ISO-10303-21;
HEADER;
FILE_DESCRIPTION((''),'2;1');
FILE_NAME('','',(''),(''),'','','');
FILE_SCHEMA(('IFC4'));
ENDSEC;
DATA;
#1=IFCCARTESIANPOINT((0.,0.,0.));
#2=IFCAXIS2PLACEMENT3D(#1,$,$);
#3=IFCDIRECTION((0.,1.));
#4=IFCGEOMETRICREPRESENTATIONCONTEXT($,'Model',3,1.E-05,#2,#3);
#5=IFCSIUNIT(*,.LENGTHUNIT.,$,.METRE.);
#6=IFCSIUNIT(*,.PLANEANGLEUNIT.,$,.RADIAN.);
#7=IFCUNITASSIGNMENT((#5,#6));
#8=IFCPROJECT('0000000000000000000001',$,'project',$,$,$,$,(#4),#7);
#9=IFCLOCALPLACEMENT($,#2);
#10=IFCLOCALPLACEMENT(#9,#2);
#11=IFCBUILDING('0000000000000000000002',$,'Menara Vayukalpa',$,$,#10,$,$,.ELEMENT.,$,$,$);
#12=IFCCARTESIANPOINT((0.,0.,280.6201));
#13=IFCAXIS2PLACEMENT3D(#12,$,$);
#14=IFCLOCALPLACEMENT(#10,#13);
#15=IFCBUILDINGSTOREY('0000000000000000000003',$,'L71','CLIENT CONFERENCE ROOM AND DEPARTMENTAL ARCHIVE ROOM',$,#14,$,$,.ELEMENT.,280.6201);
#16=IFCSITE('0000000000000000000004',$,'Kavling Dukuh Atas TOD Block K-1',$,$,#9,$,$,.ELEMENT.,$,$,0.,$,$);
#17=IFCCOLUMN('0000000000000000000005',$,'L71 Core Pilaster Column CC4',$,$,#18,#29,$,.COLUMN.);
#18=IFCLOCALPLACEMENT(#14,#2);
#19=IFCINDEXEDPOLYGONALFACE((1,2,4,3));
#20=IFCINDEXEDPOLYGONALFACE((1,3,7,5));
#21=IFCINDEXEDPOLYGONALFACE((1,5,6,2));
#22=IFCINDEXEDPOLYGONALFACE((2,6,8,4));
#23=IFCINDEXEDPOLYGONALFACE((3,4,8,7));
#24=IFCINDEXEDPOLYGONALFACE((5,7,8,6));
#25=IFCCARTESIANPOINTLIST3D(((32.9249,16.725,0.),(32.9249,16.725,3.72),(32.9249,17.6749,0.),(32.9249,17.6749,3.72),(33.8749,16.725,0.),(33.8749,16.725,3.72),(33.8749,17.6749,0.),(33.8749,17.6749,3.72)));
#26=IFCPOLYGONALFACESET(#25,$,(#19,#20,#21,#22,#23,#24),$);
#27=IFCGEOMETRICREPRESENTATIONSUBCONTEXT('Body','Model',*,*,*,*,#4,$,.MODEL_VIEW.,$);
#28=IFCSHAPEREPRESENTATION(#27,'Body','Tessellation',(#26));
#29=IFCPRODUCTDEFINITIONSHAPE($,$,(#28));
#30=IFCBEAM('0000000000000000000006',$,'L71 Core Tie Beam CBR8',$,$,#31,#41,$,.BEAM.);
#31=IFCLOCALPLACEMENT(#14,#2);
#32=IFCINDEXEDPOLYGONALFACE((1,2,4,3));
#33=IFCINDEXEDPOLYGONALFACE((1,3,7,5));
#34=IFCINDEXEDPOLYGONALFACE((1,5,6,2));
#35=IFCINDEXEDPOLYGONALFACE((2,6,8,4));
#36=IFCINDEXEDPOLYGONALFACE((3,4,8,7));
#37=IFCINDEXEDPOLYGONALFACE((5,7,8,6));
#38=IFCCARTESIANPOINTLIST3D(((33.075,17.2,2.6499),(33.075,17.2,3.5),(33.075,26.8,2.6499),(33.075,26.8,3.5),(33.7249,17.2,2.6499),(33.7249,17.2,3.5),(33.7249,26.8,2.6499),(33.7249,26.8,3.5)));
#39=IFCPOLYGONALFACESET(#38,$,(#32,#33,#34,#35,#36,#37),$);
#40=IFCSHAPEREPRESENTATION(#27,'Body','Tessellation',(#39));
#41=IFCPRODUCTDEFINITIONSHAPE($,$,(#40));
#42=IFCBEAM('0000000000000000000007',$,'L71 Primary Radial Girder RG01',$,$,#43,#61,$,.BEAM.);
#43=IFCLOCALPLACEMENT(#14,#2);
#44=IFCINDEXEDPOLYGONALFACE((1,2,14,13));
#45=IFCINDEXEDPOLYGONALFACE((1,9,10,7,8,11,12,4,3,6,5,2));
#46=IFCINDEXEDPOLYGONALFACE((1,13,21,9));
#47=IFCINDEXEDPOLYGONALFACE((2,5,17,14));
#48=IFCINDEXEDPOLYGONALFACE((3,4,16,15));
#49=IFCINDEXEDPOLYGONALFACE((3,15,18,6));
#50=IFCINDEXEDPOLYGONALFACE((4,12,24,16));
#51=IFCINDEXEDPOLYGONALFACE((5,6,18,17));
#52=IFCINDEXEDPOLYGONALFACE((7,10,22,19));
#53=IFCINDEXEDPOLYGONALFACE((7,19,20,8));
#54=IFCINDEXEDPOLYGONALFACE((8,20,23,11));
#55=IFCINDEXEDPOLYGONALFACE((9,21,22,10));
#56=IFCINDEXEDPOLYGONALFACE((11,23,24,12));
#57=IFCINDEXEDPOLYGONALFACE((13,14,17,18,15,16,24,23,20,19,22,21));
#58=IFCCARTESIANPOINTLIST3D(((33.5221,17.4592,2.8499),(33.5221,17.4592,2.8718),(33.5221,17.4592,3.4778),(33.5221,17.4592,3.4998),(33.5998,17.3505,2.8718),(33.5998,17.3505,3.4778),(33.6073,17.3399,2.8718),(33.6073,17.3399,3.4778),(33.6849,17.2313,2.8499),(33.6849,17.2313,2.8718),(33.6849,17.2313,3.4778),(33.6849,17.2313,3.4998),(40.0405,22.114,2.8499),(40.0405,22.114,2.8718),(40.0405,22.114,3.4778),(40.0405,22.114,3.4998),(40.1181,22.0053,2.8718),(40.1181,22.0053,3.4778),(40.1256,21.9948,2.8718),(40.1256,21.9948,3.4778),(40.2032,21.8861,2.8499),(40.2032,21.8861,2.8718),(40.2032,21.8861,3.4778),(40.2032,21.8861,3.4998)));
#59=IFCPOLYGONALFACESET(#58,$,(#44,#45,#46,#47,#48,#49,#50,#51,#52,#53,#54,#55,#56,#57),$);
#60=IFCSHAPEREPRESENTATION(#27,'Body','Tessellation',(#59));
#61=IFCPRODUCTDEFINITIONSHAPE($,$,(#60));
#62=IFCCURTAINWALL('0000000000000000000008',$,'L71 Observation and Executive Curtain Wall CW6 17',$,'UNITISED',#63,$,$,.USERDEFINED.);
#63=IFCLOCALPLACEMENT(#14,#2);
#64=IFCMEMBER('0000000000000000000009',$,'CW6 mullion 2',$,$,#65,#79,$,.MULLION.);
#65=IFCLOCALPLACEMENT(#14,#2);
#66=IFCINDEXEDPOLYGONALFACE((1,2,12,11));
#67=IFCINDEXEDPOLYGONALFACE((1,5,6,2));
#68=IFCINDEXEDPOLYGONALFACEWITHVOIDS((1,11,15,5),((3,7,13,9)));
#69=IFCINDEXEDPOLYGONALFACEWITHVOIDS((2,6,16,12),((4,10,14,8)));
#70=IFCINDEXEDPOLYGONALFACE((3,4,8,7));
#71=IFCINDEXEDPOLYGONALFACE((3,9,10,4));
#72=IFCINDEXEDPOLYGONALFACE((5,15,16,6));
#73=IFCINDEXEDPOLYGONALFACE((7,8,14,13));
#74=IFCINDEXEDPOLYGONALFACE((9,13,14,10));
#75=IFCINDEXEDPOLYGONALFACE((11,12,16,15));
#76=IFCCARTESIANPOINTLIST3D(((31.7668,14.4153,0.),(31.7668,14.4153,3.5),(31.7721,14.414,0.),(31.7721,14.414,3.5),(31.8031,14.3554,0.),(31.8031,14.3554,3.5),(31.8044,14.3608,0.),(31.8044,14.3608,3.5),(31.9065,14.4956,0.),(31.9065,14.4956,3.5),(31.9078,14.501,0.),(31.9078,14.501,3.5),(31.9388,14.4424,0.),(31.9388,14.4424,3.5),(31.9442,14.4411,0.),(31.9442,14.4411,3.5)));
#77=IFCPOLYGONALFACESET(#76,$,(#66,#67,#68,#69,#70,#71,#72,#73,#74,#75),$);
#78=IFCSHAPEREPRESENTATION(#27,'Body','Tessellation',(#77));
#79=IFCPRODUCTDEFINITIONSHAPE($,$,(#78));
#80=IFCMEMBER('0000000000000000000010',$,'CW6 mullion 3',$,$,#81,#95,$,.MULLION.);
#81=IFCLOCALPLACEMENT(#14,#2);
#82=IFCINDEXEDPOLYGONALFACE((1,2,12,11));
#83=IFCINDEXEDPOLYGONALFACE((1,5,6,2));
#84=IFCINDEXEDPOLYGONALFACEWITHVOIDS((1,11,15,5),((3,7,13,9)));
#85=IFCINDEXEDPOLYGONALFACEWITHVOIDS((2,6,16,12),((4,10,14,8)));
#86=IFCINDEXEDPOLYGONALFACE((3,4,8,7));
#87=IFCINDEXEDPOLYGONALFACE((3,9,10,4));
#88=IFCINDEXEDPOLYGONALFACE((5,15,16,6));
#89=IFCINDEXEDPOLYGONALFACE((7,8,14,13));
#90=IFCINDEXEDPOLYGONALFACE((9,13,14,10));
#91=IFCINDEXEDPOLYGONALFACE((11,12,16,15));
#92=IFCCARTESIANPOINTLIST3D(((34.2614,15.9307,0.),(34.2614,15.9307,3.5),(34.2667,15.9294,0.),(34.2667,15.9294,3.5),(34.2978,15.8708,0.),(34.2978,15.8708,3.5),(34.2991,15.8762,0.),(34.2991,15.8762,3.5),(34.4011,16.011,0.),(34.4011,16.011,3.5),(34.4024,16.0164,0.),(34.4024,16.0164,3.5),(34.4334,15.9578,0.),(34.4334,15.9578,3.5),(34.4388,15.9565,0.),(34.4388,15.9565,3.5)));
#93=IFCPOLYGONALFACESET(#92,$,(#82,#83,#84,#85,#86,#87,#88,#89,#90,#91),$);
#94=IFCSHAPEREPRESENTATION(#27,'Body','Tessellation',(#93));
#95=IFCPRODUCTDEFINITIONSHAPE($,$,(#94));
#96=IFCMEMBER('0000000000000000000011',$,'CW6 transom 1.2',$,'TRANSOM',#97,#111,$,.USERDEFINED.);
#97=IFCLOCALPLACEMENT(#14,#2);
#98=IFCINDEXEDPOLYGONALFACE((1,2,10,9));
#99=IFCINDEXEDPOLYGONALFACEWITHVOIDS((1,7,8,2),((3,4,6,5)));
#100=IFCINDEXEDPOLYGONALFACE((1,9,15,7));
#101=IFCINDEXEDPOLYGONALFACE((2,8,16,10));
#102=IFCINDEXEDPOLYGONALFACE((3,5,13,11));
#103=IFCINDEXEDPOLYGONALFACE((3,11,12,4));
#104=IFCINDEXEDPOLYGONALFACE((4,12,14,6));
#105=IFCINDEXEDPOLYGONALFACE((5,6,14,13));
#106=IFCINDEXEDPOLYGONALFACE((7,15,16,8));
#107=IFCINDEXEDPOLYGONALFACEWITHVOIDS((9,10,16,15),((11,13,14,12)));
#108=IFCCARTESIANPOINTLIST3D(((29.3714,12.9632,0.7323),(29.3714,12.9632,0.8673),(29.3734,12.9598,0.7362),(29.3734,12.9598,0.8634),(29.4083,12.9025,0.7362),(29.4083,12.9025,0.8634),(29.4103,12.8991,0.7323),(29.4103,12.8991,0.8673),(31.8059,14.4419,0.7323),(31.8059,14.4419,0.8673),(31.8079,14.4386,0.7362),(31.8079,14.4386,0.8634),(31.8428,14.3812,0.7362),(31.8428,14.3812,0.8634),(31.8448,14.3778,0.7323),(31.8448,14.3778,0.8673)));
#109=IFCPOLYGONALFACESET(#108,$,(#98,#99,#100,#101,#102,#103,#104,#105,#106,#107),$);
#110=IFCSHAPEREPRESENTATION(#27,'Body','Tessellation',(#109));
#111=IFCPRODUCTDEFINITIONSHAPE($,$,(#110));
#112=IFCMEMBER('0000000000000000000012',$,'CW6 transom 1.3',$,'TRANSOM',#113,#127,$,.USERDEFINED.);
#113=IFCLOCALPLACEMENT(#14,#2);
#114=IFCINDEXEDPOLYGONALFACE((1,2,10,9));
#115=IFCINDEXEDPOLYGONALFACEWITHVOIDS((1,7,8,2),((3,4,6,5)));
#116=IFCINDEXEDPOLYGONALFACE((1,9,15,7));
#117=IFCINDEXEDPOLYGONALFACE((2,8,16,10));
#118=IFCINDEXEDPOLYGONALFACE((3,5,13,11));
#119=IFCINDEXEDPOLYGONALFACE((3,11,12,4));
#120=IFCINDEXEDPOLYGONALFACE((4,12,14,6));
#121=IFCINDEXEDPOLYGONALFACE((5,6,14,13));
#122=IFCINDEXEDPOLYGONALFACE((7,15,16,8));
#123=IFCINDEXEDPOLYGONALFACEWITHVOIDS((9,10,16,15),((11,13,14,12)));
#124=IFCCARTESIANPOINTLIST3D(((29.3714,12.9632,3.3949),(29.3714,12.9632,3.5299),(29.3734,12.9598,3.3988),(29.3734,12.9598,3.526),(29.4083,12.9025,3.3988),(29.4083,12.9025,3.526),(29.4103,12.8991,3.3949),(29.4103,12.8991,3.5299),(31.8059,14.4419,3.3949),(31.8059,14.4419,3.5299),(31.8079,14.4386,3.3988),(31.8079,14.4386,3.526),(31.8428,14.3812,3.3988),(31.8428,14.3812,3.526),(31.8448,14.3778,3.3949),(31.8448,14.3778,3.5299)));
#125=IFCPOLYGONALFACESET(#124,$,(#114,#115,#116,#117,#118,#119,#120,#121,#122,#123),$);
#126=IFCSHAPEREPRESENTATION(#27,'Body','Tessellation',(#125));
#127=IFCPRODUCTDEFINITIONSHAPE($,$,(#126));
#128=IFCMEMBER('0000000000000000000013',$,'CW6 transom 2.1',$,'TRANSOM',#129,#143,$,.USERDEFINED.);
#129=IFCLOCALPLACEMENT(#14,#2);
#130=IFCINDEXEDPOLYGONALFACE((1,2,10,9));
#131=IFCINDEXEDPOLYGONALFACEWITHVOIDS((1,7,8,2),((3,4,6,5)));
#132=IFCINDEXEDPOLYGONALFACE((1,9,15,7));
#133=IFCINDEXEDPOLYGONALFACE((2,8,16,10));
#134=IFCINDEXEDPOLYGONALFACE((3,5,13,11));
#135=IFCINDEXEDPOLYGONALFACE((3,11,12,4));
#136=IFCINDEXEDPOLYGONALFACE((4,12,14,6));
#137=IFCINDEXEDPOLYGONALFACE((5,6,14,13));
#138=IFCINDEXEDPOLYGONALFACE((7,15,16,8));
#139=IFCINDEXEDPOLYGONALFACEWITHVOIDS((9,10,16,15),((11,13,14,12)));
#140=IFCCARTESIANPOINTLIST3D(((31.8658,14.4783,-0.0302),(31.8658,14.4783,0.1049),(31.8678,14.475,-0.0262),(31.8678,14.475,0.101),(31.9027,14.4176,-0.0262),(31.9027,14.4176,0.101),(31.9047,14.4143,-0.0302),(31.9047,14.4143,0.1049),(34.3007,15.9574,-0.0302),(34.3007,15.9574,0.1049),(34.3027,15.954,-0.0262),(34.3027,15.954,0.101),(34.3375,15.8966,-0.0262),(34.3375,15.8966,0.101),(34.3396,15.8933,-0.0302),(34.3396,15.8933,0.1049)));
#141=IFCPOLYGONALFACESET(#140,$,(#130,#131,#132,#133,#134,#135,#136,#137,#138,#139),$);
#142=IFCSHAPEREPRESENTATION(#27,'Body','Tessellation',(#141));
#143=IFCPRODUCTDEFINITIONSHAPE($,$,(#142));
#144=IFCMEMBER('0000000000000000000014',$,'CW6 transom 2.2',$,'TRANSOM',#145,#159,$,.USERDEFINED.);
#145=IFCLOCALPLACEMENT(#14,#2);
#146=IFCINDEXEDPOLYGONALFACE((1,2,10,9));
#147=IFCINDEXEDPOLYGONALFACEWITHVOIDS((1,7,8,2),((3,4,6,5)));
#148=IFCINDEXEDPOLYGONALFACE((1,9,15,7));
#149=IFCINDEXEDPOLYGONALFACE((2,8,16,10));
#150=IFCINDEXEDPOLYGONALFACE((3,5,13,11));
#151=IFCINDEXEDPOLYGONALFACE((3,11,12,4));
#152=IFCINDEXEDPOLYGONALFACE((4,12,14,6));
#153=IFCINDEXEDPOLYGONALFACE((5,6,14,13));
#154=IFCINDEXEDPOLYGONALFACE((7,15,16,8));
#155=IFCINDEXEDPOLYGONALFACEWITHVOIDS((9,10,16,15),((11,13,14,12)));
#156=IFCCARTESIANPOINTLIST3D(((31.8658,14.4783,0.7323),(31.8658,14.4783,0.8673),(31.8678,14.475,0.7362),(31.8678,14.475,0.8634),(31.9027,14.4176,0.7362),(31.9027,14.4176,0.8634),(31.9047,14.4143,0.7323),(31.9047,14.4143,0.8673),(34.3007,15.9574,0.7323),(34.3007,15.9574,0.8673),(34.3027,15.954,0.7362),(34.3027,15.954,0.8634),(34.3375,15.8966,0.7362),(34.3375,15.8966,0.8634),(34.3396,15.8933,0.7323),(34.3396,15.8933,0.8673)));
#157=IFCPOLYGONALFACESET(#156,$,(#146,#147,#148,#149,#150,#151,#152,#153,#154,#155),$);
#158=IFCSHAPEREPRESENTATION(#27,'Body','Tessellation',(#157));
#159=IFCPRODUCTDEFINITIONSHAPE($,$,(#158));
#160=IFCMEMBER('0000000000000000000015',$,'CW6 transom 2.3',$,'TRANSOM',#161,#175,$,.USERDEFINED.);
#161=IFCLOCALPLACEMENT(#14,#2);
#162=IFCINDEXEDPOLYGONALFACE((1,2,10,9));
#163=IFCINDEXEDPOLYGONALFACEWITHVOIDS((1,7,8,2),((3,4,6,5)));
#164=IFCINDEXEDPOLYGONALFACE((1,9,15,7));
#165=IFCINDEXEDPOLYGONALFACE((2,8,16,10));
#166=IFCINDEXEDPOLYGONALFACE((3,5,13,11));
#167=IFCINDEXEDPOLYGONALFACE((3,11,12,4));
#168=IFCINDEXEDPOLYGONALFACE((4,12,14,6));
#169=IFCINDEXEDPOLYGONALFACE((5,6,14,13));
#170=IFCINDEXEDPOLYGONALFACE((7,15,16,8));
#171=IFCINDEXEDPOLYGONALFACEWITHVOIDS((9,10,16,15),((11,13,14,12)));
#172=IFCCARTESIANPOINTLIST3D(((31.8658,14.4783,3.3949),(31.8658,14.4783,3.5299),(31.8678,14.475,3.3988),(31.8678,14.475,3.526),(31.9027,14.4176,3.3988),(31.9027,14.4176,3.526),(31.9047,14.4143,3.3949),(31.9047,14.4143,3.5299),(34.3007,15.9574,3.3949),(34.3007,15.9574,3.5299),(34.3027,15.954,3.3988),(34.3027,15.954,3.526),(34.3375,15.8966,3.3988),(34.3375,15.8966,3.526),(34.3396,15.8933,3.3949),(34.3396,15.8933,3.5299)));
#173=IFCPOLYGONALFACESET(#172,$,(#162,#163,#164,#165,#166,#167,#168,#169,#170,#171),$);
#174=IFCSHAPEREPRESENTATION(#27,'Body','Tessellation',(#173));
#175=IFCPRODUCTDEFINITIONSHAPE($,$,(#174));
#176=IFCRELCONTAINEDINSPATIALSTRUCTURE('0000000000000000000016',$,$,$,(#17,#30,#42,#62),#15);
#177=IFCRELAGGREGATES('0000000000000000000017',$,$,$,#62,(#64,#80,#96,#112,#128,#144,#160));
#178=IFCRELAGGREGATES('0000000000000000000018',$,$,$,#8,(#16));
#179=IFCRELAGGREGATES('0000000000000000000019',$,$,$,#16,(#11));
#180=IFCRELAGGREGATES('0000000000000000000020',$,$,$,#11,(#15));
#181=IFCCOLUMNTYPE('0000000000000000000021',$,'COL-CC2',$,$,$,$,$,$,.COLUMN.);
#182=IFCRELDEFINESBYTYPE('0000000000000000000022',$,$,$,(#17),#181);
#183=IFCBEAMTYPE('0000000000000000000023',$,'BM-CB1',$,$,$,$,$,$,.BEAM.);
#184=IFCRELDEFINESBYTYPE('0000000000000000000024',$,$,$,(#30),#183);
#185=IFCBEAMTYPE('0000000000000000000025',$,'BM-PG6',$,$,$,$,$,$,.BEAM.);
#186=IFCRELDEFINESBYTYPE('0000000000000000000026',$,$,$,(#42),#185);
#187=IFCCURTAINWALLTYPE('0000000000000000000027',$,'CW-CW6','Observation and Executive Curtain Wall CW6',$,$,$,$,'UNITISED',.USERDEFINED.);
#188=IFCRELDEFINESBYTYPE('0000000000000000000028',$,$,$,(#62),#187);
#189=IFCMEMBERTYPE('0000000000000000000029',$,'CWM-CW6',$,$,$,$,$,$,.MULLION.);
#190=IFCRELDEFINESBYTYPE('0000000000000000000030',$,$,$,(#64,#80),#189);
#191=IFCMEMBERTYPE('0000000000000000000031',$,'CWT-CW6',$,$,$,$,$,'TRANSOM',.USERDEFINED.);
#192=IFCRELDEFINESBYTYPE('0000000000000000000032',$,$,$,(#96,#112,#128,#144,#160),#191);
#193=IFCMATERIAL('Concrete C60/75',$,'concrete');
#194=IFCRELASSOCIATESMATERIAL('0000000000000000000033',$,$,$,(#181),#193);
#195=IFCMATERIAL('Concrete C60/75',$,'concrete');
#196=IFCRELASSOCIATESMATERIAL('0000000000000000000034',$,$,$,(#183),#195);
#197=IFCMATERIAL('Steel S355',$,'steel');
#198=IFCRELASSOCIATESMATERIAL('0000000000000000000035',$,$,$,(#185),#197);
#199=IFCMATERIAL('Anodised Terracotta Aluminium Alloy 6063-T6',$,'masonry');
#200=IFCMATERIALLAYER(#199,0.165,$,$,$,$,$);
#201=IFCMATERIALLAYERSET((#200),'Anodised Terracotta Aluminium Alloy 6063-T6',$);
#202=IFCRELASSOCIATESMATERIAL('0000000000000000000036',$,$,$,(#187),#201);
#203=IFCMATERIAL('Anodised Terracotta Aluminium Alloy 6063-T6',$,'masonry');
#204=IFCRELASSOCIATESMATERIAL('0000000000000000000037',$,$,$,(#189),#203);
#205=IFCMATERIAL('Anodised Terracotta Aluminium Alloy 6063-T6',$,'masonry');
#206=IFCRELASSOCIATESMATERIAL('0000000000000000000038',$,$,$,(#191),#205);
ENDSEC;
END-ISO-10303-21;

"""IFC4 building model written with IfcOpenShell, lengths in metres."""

from ifc_helpers import new_model, si_unit, direction, frame, origin, origin_2d, place, context, subcontext, project, spatial, rectangle, hollow_rectangle, i_section, extrude, material, layer, layer_set, material_profile, profile_set, type_object, element, aggregate, save


model = new_model("IFC4")

# Units and contexts
model_context = context("Model", 3, precision=1e-05, world=origin(), true_north=direction((0.0, 1.0)))
body_context = subcontext(model_context, "Body", "Model", "MODEL_VIEW")
ifc_project = project(units=[si_unit("LENGTHUNIT", "METRE"), si_unit("PLANEANGLEUNIT", "RADIAN")], contexts=[model_context])

# Site, building, storey
site_placement = place(None, origin())
site = spatial("IfcSite", under=ifc_project, at=site_placement, Name="Kavling Dukuh Atas TOD Block K-1", CompositionType="ELEMENT", RefElevation=0.0)
building_placement = place(site_placement, origin())
building = spatial("IfcBuilding", under=site, at=building_placement, Name="Menara Vayukalpa", CompositionType="ELEMENT")
storey_placement = place(building_placement, frame((0.0, 0.0, 280.6201)))
storey = spatial("IfcBuildingStorey", under=building, at=storey_placement, Name="L71", Description="CLIENT CONFERENCE ROOM AND DEPARTMENTAL ARCHIVE ROOM", CompositionType="ELEMENT", Elevation=280.6201)

# Column
ifc_material_1 = material(Name="Concrete C60/75", Category="concrete")
ifc_material_profile_1 = material_profile(ifc_material_1, rectangle(XDim=0.95, YDim=0.95, at=origin_2d()), Name="RC 950x950")
ifc_profile_set_1 = profile_set([ifc_material_profile_1], Name="Concrete C60/75")
column_type = type_object("IfcColumnType", Name="COL-CC2", PredefinedType="COLUMN", material=ifc_profile_set_1)
column_placement = place(storey_placement, frame((33.3999, 17.2, 0.0), z_axis=(0.0, 0.0, 1.0), x_axis=(1.0, 0.0, 0.0)))
element("IfcColumn", 1, at=column_placement, inside=storey, type_object=column_type, Name="L71 Core Pilaster Column CC4", PredefinedType="COLUMN", context=body_context, shape_type="SweptSolid", body=[
    extrude(rectangle(XDim=0.95, YDim=0.95, at=origin_2d()), origin(), (0.0, 0.0, 1.0), 3.72),
])

# Beams
ifc_material_2 = material(Name="Concrete C60/75", Category="concrete")
ifc_material_profile_2 = material_profile(ifc_material_2, rectangle(XDim=0.6499, YDim=0.8501, at=origin_2d()), Name="RC 650x850")
ifc_profile_set_2 = profile_set([ifc_material_profile_2], Name="Concrete C60/75")
beam_type_1 = type_object("IfcBeamType", Name="BM-CB1", PredefinedType="BEAM", material=ifc_profile_set_2)
beam_1_placement = place(storey_placement, frame((33.3999, 17.2, 3.075), z_axis=(0.0, 1.0, 0.0), x_axis=(-1.0, 0.0, 0.0)))
element("IfcBeam", 2, at=beam_1_placement, inside=storey, type_object=beam_type_1, Name="L71 Core Tie Beam CBR8", PredefinedType="BEAM", context=body_context, shape_type="SweptSolid", body=[
    extrude(rectangle(XDim=0.6499, YDim=0.8501, at=origin_2d()), origin(), (0.0, 0.0, 1.0), 9.6001),
])
ifc_material_3 = material(Name="Steel S355", Category="steel")
ifc_material_profile_3 = material_profile(ifc_material_3, i_section(OverallWidth=0.28, OverallDepth=0.6499, WebThickness=0.0129, FlangeThickness=0.022, at=origin_2d()), Name="WF 650x280x13x22")
ifc_profile_set_3 = profile_set([ifc_material_profile_3], Name="Steel S355")
beam_type_2 = type_object("IfcBeamType", Name="BM-PG6", PredefinedType="BEAM", material=ifc_profile_set_3)
beam_2_placement = place(storey_placement, frame((33.6035, 17.3452, 3.1748), z_axis=(0.813801, 0.581143, 0.0), x_axis=(-0.581143, 0.813801, 0.0)))
element("IfcBeam", 3, at=beam_2_placement, inside=storey, type_object=beam_type_2, Name="L71 Primary Radial Girder RG01", PredefinedType="BEAM", context=body_context, shape_type="SweptSolid", body=[
    extrude(i_section(OverallWidth=0.28, OverallDepth=0.6499, WebThickness=0.0129, FlangeThickness=0.022, at=origin_2d()), origin(), (0.0, 0.0, 1.0), 8.0098),
])

# Curtain wall, members
ifc_material_4 = material(Name="Anodised Terracotta Aluminium Alloy 6063-T6", Category="masonry")
ifc_layer_1 = layer(ifc_material_4, 0.165)
ifc_layer_set_1 = layer_set([ifc_layer_1], Name="Anodised Terracotta Aluminium Alloy 6063-T6")
curtain_wall_type = type_object("IfcCurtainWallType", Name="CW-CW6", Description="Observation and Executive Curtain Wall CW6", ElementType="UNITISED", PredefinedType="USERDEFINED", material=ifc_layer_set_1)
curtain_wall_placement = place(storey_placement, origin())
curtain_wall = element("IfcCurtainWall", 4, at=curtain_wall_placement, inside=storey, type_object=curtain_wall_type, Name="L71 Observation and Executive Curtain Wall CW6 17", ObjectType="UNITISED", PredefinedType="USERDEFINED")
ifc_material_5 = material(Name="Anodised Terracotta Aluminium Alloy 6063-T6", Category="masonry")
ifc_material_profile_4 = material_profile(ifc_material_5, hollow_rectangle(XDim=0.0701, YDim=0.165, WallThickness=0.0039, at=origin_2d()), Name="ALU 70x165x4")
ifc_profile_set_4 = profile_set([ifc_material_profile_4], Name="Anodised Terracotta Aluminium Alloy 6063-T6")
member_type_1 = type_object("IfcMemberType", Name="CWM-CW6", PredefinedType="MULLION", material=ifc_profile_set_4)
member_1_placement = place(storey_placement, frame((31.8555, 14.4282, 0.0), z_axis=(0.0, 0.0, 1.0), x_axis=(-0.519176, 0.854668, 0.0)))
member_1 = element("IfcMember", 5, at=member_1_placement, type_object=member_type_1, Name="CW6 mullion 2", PredefinedType="MULLION", context=body_context, shape_type="SweptSolid", body=[
    extrude(hollow_rectangle(XDim=0.0701, YDim=0.165, WallThickness=0.0039, at=origin_2d()), origin(), (0.0, 0.0, 1.0), 3.5),
])
member_2_placement = place(storey_placement, frame((34.3501, 15.9436, 0.0), z_axis=(0.0, 0.0, 1.0), x_axis=(-0.519176, 0.854668, 0.0)))
member_2 = element("IfcMember", 6, at=member_2_placement, type_object=member_type_1, Name="CW6 mullion 3", PredefinedType="MULLION", context=body_context, shape_type="SweptSolid", body=[
    extrude(hollow_rectangle(XDim=0.0701, YDim=0.165, WallThickness=0.0039, at=origin_2d()), origin(), (0.0, 0.0, 1.0), 3.5),
])
ifc_material_6 = material(Name="Anodised Terracotta Aluminium Alloy 6063-T6", Category="masonry")
ifc_material_profile_5 = material_profile(ifc_material_6, hollow_rectangle(XDim=0.075, YDim=0.135, WallThickness=0.0039, at=origin_2d()), Name="ALU 75x135x4")
ifc_profile_set_5 = profile_set([ifc_material_profile_5], Name="Anodised Terracotta Aluminium Alloy 6063-T6")
member_type_2 = type_object("IfcMemberType", Name="CWT-CW6", ElementType="TRANSOM", PredefinedType="USERDEFINED", material=ifc_profile_set_5)
member_3_placement = place(storey_placement, frame((29.3909, 12.9312, 0.7998), z_axis=(0.85469, 0.519139, 0.0), x_axis=(-0.519139, 0.85469, 0.0)))
member_3 = element("IfcMember", 7, at=member_3_placement, type_object=member_type_2, Name="CW6 transom 1.2", ObjectType="TRANSOM", PredefinedType="USERDEFINED", context=body_context, shape_type="SweptSolid", body=[
    extrude(hollow_rectangle(XDim=0.075, YDim=0.135, WallThickness=0.0039, at=origin_2d()), origin(), (0.0, 0.0, 1.0), 2.8484),
])
member_4_placement = place(storey_placement, frame((29.3909, 12.9312, 3.4624), z_axis=(0.85469, 0.519139, 0.0), x_axis=(-0.519139, 0.85469, 0.0)))
member_4 = element("IfcMember", 8, at=member_4_placement, type_object=member_type_2, Name="CW6 transom 1.3", ObjectType="TRANSOM", PredefinedType="USERDEFINED", context=body_context, shape_type="SweptSolid", body=[
    extrude(hollow_rectangle(XDim=0.075, YDim=0.135, WallThickness=0.0039, at=origin_2d()), origin(), (0.0, 0.0, 1.0), 2.8484),
])
member_5_placement = place(storey_placement, frame((31.8853, 14.4463, 0.0374), z_axis=(0.854675, 0.519164, 0.0), x_axis=(-0.519164, 0.854675, 0.0)))
member_5 = element("IfcMember", 9, at=member_5_placement, type_object=member_type_2, Name="CW6 transom 2.1", ObjectType="TRANSOM", PredefinedType="USERDEFINED", context=body_context, shape_type="SweptSolid", body=[
    extrude(hollow_rectangle(XDim=0.075, YDim=0.135, WallThickness=0.0039, at=origin_2d()), origin(), (0.0, 0.0, 1.0), 2.8489),
])
member_6_placement = place(storey_placement, frame((31.8853, 14.4463, 0.7998), z_axis=(0.854675, 0.519164, 0.0), x_axis=(-0.519164, 0.854675, 0.0)))
member_6 = element("IfcMember", 10, at=member_6_placement, type_object=member_type_2, Name="CW6 transom 2.2", ObjectType="TRANSOM", PredefinedType="USERDEFINED", context=body_context, shape_type="SweptSolid", body=[
    extrude(hollow_rectangle(XDim=0.075, YDim=0.135, WallThickness=0.0039, at=origin_2d()), origin(), (0.0, 0.0, 1.0), 2.8489),
])
member_7_placement = place(storey_placement, frame((31.8853, 14.4463, 3.4624), z_axis=(0.854675, 0.519164, 0.0), x_axis=(-0.519164, 0.854675, 0.0)))
member_7 = element("IfcMember", 11, at=member_7_placement, type_object=member_type_2, Name="CW6 transom 2.3", ObjectType="TRANSOM", PredefinedType="USERDEFINED", context=body_context, shape_type="SweptSolid", body=[
    extrude(hollow_rectangle(XDim=0.075, YDim=0.135, WallThickness=0.0039, at=origin_2d()), origin(), (0.0, 0.0, 1.0), 2.8489),
])
aggregate(curtain_wall, [member_1, member_2, member_3, member_4, member_5, member_6, member_7])

save(model, "model.ifc")
